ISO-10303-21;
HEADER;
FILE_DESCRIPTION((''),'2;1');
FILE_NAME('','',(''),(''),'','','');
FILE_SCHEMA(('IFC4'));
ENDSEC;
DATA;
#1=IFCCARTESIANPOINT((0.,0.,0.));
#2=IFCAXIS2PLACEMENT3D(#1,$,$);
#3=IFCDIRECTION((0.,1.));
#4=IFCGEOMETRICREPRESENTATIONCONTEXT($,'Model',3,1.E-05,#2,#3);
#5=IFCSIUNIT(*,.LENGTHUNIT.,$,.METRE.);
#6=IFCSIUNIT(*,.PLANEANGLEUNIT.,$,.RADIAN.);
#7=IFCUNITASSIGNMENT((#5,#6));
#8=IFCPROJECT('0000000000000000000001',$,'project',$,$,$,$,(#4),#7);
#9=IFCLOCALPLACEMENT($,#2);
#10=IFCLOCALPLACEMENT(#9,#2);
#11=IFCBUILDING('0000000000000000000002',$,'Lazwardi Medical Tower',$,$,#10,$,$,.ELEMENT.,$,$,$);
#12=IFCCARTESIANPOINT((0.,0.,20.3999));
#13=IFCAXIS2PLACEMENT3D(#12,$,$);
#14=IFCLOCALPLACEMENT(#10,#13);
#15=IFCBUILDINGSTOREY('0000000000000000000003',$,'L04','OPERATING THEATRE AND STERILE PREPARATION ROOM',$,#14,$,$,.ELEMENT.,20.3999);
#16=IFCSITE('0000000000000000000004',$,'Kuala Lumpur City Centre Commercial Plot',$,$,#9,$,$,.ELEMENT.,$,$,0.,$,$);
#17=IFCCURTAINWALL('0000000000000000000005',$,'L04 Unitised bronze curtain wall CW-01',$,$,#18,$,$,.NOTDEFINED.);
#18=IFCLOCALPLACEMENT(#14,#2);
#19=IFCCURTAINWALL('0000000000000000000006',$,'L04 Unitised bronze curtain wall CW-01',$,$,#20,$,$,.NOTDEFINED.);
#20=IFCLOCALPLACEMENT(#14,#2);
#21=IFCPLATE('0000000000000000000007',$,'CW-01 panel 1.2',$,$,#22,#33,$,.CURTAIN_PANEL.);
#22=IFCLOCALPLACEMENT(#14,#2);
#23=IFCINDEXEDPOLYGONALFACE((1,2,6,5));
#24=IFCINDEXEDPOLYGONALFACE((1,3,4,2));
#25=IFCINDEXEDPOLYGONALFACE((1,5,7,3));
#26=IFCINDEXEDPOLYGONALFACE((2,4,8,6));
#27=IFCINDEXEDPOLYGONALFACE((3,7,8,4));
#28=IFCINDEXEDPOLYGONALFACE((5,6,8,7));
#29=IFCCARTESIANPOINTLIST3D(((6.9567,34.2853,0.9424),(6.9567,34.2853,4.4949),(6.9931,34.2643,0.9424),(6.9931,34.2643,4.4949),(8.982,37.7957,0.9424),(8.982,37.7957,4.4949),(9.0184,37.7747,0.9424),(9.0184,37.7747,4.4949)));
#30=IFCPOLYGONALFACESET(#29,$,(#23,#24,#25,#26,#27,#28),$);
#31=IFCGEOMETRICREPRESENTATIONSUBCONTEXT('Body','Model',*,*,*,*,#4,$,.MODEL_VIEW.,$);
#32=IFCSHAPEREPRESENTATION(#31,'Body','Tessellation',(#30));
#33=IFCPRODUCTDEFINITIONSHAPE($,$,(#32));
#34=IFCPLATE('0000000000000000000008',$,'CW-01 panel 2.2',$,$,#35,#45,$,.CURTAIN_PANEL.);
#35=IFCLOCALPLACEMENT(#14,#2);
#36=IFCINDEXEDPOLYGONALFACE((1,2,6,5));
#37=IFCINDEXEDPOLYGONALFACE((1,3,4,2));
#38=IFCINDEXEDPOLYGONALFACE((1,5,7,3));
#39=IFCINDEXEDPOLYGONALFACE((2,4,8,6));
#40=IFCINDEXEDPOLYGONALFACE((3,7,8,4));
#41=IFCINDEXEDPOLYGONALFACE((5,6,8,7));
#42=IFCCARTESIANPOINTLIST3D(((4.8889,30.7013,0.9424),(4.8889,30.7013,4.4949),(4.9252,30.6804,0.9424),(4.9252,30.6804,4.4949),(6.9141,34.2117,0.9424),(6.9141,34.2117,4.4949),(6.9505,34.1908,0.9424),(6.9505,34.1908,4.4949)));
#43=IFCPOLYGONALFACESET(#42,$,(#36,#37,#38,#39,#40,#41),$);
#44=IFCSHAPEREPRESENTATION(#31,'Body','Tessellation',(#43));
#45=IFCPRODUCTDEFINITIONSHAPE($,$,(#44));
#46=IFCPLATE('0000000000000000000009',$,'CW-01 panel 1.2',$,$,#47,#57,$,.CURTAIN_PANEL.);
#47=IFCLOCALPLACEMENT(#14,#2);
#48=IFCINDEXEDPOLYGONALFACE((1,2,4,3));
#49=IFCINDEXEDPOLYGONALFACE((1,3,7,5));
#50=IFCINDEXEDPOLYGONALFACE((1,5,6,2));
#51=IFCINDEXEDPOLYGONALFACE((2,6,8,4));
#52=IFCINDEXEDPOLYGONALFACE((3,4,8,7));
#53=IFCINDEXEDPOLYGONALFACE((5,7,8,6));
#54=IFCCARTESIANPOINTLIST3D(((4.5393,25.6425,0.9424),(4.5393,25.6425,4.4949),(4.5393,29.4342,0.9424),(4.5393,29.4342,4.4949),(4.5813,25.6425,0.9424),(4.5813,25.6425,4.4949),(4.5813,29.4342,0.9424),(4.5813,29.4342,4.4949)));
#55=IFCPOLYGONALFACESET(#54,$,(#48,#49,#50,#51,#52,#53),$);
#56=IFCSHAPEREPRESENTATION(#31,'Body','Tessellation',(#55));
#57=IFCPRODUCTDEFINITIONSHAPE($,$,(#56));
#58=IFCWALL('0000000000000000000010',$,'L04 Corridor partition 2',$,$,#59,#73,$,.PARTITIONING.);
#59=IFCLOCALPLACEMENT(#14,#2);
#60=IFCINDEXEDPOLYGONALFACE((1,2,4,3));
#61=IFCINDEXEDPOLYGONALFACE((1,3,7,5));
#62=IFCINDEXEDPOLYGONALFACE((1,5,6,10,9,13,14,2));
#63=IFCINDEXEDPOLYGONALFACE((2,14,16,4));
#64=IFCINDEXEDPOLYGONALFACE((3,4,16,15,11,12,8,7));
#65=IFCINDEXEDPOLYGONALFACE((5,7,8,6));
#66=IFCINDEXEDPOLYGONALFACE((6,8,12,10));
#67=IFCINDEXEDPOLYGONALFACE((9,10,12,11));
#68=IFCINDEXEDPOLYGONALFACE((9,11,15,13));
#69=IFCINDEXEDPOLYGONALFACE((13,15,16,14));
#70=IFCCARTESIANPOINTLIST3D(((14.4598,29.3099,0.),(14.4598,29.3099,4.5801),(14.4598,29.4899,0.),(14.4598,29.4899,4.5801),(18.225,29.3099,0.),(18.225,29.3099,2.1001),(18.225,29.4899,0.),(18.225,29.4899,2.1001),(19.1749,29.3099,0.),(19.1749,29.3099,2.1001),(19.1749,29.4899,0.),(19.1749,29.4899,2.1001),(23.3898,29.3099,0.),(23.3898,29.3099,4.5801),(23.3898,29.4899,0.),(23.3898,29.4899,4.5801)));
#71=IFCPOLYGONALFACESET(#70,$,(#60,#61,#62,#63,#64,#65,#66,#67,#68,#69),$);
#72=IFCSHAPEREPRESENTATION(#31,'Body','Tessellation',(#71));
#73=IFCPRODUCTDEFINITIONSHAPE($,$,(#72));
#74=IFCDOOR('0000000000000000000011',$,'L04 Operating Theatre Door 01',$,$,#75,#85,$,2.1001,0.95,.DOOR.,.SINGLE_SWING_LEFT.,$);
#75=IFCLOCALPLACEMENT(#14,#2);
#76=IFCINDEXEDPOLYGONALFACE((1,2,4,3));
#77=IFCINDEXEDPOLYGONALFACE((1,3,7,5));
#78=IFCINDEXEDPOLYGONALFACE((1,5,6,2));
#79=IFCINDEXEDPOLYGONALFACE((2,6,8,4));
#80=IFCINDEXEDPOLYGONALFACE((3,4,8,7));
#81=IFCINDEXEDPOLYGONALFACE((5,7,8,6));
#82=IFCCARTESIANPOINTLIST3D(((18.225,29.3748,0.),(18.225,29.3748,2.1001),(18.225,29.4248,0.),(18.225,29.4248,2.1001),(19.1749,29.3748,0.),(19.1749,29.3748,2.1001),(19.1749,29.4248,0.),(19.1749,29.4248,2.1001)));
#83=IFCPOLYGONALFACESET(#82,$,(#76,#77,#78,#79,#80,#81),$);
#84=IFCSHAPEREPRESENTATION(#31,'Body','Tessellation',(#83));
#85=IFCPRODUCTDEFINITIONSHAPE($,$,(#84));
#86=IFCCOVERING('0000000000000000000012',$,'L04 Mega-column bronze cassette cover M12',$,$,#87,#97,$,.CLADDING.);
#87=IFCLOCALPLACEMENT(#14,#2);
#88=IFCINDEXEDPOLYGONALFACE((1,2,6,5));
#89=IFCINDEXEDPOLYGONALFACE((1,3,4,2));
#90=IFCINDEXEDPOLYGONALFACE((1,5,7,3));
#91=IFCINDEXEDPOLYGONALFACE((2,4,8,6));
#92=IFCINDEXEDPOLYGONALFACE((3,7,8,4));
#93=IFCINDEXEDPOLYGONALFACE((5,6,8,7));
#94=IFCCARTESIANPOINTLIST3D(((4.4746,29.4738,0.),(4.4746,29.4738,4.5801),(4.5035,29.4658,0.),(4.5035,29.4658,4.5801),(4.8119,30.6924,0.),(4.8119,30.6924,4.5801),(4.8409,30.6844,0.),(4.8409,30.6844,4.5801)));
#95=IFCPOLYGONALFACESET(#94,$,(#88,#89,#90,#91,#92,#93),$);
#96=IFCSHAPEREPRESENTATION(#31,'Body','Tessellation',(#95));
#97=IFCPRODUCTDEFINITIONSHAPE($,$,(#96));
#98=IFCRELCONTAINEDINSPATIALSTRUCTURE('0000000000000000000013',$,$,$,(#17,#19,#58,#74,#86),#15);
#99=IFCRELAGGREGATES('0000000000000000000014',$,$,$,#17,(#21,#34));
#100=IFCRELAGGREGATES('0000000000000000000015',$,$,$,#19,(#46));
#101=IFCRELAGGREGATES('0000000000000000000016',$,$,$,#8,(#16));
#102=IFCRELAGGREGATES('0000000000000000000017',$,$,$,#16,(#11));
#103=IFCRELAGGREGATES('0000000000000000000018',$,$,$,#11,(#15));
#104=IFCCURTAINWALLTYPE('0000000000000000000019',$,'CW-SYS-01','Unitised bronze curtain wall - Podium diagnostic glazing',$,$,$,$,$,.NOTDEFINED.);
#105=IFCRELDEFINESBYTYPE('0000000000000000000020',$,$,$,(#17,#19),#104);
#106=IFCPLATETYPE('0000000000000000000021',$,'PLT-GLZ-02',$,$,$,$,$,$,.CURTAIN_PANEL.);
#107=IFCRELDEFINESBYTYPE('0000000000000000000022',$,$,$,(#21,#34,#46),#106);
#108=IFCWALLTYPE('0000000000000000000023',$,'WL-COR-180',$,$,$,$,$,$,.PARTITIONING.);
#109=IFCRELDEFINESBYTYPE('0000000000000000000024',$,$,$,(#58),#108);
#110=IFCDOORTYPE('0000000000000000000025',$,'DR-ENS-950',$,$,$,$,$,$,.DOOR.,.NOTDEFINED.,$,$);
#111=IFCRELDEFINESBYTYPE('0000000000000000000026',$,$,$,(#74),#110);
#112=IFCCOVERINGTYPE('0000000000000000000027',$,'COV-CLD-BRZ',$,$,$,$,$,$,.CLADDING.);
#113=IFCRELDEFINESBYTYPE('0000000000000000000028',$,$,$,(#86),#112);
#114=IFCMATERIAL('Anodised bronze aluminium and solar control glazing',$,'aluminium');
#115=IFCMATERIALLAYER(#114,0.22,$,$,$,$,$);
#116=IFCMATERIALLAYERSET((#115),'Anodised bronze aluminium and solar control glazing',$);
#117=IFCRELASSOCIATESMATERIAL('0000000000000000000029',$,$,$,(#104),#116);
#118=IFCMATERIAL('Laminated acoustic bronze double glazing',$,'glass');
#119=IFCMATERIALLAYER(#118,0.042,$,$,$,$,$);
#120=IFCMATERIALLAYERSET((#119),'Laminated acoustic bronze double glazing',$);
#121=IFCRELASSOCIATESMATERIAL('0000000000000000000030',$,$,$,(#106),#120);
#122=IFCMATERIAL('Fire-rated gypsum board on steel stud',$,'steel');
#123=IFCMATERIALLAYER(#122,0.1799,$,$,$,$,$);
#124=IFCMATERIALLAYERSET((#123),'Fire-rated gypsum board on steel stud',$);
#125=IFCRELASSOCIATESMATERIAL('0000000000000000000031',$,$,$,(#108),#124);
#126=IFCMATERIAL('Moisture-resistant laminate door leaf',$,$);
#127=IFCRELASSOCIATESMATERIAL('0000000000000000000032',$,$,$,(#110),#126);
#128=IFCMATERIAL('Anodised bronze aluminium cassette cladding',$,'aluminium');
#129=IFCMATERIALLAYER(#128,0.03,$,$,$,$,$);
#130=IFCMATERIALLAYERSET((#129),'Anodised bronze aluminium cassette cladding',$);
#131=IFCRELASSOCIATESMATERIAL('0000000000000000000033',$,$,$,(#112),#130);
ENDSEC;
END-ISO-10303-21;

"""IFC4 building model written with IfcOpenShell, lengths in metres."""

from ifc_helpers import new_model, si_unit, direction, frame, frame_2d, origin, origin_2d, place, context, subcontext, project, spatial, rectangle, extrude, material, layer, layer_set, type_object, element, fill, aggregate, save


model = new_model("IFC4")

# Units and contexts
model_context = context("Model", 3, precision=1e-05, world=origin(), true_north=direction((0.0, 1.0)))
body_context = subcontext(model_context, "Body", "Model", "MODEL_VIEW")
ifc_project = project(units=[si_unit("LENGTHUNIT", "METRE"), si_unit("PLANEANGLEUNIT", "RADIAN")], contexts=[model_context])

# Site, building, storey
site_placement = place(None, origin())
site = spatial("IfcSite", under=ifc_project, at=site_placement, Name="Kuala Lumpur City Centre Commercial Plot", CompositionType="ELEMENT", RefElevation=0.0)
building_placement = place(site_placement, origin())
building = spatial("IfcBuilding", under=site, at=building_placement, Name="Lazwardi Medical Tower", CompositionType="ELEMENT")
storey_placement = place(building_placement, frame((0.0, 0.0, 20.3999)))
storey = spatial("IfcBuildingStorey", under=building, at=storey_placement, Name="L04", Description="OPERATING THEATRE AND STERILE PREPARATION ROOM", CompositionType="ELEMENT", Elevation=20.3999)

# Curtain wall
ifc_material_1 = material(Name="Anodised bronze aluminium and solar control glazing", Category="aluminium")
ifc_layer_1 = layer(ifc_material_1, 0.22)
ifc_layer_set_1 = layer_set([ifc_layer_1], Name="Anodised bronze aluminium and solar control glazing")
curtain_wall_type = type_object("IfcCurtainWallType", Name="CW-SYS-01", Description="Unitised bronze curtain wall - Podium diagnostic glazing", PredefinedType="NOTDEFINED", material=ifc_layer_set_1)
curtain_wall_1_placement = place(storey_placement, origin())
curtain_wall_1 = element("IfcCurtainWall", 1, at=curtain_wall_1_placement, inside=storey, type_object=curtain_wall_type, Name="L04 Unitised bronze curtain wall CW-01", PredefinedType="NOTDEFINED")

# Curtain wall
curtain_wall_2_placement = place(storey_placement, origin())
curtain_wall_2 = element("IfcCurtainWall", 2, at=curtain_wall_2_placement, inside=storey, type_object=curtain_wall_type, Name="L04 Unitised bronze curtain wall CW-01", PredefinedType="NOTDEFINED")

# Plates
ifc_material_2 = material(Name="Laminated acoustic bronze double glazing", Category="glass")
ifc_layer_2 = layer(ifc_material_2, 0.042)
ifc_layer_set_2 = layer_set([ifc_layer_2], Name="Laminated acoustic bronze double glazing")
plate_type_1 = type_object("IfcPlateType", Name="PLT-GLZ-02", PredefinedType="CURTAIN_PANEL", material=ifc_layer_set_2)
plate_1_placement = place(storey_placement, frame((7.9875, 36.03, 0.9424), z_axis=(0.0, 0.0, 1.0), x_axis=(-0.499731, -0.866181, 0.0)))
plate_1 = element("IfcPlate", 3, at=plate_1_placement, type_object=plate_type_1, Name="CW-01 panel 1.2", PredefinedType="CURTAIN_PANEL", context=body_context, shape_type="SweptSolid", body=[
    extrude(rectangle(XDim=4.0527, YDim=0.042, at=origin_2d()), origin(), (0.0, 0.0, 1.0), 3.5525),
])
plate_2_placement = place(storey_placement, frame((5.9197, 32.446, 0.9424), z_axis=(0.0, 0.0, 1.0), x_axis=(-0.499731, -0.866181, 0.0)))
plate_2 = element("IfcPlate", 4, at=plate_2_placement, type_object=plate_type_1, Name="CW-01 panel 2.2", PredefinedType="CURTAIN_PANEL", context=body_context, shape_type="SweptSolid", body=[
    extrude(rectangle(XDim=4.0527, YDim=0.042, at=origin_2d()), origin(), (0.0, 0.0, 1.0), 3.5525),
])
aggregate(curtain_wall_1, [plate_1, plate_2])
plate_3_placement = place(storey_placement, frame((4.5603, 27.5383, 0.9424), z_axis=(0.0, 0.0, 1.0), x_axis=(0.0, -1.0, 0.0)))
plate_3 = element("IfcPlate", 5, at=plate_3_placement, type_object=plate_type_1, Name="CW-01 panel 1.2", PredefinedType="CURTAIN_PANEL", context=body_context, shape_type="SweptSolid", body=[
    extrude(rectangle(XDim=3.7917, YDim=0.042, at=origin_2d()), origin(), (0.0, 0.0, 1.0), 3.5525),
])
aggregate(curtain_wall_2, [plate_3])

# Wall, opening, door
ifc_material_3 = material(Name="Fire-rated gypsum board on steel stud", Category="steel")
ifc_layer_3 = layer(ifc_material_3, 0.1799)
ifc_layer_set_3 = layer_set([ifc_layer_3], Name="Fire-rated gypsum board on steel stud")
wall_type = type_object("IfcWallType", Name="WL-COR-180", PredefinedType="PARTITIONING", material=ifc_layer_set_3)
wall_placement = place(storey_placement, frame((14.46, 29.3999, 0.0), z_axis=(0.0, 0.0, 1.0), x_axis=(1.0, 0.0, 0.0)))
wall = element("IfcWall", 6, at=wall_placement, inside=storey, type_object=wall_type, Name="L04 Corridor partition 2", PredefinedType="PARTITIONING", context=body_context, shape_type="SweptSolid", body=[
    extrude(rectangle(XDim=8.9299, YDim=0.1799, at=frame_2d((4.4648, 0.0))), origin(), (0.0, 0.0, 1.0), 4.5801),
])
opening_placement = place(wall_placement, frame((3.7649, 0.0, 0.0)))
opening = element("IfcOpeningElement", 7, at=opening_placement, cuts=wall, PredefinedType="OPENING", context=body_context, shape_type="SweptSolid", body=[
    extrude(rectangle(XDim=0.95, YDim=2.1001, at=frame_2d((0.4751, 1.05))), frame((0.0, 0.0999, 0.0), z_axis=(0.0, -1.0, 0.0), x_axis=(1.0, 0.0, 0.0)), (0.0, 0.0, 1.0), 0.2),
])
ifc_material_4 = material(Name="Moisture-resistant laminate door leaf")
door_type = type_object("IfcDoorType", Name="DR-ENS-950", OperationType="NOTDEFINED", PredefinedType="DOOR", material=ifc_material_4)
door_placement = place(opening_placement, origin())
door = element("IfcDoor", 8, at=door_placement, inside=storey, type_object=door_type, Name="L04 Operating Theatre Door 01", OperationType="SINGLE_SWING_LEFT", OverallHeight=2.1001, OverallWidth=0.95, PredefinedType="DOOR", context=body_context, shape_type="SweptSolid", body=[
    extrude(rectangle(XDim=0.95, YDim=2.1001, at=frame_2d((0.4751, 1.05))), frame((0.0, 0.0249, 0.0), z_axis=(0.0, -1.0, 0.0), x_axis=(1.0, 0.0, 0.0)), (0.0, 0.0, 1.0), 0.05),
])
fill(opening, door)

# Covering
ifc_material_5 = material(Name="Anodised bronze aluminium cassette cladding", Category="aluminium")
ifc_layer_4 = layer(ifc_material_5, 0.03)
ifc_layer_set_4 = layer_set([ifc_layer_4], Name="Anodised bronze aluminium cassette cladding")
covering_type = type_object("IfcCoveringType", Name="COV-CLD-BRZ", PredefinedType="CLADDING", material=ifc_layer_set_4)
covering_placement = place(storey_placement, frame((4.6577, 30.0791, 0.0), z_axis=(0.0, 0.0, 1.0), x_axis=(-0.266836, -0.963742, 0.0)))
element("IfcCovering", 9, at=covering_placement, inside=storey, type_object=covering_type, Name="L04 Mega-column bronze cassette cover M12", PredefinedType="CLADDING", context=body_context, shape_type="SweptSolid", body=[
    extrude(rectangle(XDim=1.2644, YDim=0.03, at=origin_2d()), origin(), (0.0, 0.0, 1.0), 4.5801),
])

save(model, "model.ifc")
